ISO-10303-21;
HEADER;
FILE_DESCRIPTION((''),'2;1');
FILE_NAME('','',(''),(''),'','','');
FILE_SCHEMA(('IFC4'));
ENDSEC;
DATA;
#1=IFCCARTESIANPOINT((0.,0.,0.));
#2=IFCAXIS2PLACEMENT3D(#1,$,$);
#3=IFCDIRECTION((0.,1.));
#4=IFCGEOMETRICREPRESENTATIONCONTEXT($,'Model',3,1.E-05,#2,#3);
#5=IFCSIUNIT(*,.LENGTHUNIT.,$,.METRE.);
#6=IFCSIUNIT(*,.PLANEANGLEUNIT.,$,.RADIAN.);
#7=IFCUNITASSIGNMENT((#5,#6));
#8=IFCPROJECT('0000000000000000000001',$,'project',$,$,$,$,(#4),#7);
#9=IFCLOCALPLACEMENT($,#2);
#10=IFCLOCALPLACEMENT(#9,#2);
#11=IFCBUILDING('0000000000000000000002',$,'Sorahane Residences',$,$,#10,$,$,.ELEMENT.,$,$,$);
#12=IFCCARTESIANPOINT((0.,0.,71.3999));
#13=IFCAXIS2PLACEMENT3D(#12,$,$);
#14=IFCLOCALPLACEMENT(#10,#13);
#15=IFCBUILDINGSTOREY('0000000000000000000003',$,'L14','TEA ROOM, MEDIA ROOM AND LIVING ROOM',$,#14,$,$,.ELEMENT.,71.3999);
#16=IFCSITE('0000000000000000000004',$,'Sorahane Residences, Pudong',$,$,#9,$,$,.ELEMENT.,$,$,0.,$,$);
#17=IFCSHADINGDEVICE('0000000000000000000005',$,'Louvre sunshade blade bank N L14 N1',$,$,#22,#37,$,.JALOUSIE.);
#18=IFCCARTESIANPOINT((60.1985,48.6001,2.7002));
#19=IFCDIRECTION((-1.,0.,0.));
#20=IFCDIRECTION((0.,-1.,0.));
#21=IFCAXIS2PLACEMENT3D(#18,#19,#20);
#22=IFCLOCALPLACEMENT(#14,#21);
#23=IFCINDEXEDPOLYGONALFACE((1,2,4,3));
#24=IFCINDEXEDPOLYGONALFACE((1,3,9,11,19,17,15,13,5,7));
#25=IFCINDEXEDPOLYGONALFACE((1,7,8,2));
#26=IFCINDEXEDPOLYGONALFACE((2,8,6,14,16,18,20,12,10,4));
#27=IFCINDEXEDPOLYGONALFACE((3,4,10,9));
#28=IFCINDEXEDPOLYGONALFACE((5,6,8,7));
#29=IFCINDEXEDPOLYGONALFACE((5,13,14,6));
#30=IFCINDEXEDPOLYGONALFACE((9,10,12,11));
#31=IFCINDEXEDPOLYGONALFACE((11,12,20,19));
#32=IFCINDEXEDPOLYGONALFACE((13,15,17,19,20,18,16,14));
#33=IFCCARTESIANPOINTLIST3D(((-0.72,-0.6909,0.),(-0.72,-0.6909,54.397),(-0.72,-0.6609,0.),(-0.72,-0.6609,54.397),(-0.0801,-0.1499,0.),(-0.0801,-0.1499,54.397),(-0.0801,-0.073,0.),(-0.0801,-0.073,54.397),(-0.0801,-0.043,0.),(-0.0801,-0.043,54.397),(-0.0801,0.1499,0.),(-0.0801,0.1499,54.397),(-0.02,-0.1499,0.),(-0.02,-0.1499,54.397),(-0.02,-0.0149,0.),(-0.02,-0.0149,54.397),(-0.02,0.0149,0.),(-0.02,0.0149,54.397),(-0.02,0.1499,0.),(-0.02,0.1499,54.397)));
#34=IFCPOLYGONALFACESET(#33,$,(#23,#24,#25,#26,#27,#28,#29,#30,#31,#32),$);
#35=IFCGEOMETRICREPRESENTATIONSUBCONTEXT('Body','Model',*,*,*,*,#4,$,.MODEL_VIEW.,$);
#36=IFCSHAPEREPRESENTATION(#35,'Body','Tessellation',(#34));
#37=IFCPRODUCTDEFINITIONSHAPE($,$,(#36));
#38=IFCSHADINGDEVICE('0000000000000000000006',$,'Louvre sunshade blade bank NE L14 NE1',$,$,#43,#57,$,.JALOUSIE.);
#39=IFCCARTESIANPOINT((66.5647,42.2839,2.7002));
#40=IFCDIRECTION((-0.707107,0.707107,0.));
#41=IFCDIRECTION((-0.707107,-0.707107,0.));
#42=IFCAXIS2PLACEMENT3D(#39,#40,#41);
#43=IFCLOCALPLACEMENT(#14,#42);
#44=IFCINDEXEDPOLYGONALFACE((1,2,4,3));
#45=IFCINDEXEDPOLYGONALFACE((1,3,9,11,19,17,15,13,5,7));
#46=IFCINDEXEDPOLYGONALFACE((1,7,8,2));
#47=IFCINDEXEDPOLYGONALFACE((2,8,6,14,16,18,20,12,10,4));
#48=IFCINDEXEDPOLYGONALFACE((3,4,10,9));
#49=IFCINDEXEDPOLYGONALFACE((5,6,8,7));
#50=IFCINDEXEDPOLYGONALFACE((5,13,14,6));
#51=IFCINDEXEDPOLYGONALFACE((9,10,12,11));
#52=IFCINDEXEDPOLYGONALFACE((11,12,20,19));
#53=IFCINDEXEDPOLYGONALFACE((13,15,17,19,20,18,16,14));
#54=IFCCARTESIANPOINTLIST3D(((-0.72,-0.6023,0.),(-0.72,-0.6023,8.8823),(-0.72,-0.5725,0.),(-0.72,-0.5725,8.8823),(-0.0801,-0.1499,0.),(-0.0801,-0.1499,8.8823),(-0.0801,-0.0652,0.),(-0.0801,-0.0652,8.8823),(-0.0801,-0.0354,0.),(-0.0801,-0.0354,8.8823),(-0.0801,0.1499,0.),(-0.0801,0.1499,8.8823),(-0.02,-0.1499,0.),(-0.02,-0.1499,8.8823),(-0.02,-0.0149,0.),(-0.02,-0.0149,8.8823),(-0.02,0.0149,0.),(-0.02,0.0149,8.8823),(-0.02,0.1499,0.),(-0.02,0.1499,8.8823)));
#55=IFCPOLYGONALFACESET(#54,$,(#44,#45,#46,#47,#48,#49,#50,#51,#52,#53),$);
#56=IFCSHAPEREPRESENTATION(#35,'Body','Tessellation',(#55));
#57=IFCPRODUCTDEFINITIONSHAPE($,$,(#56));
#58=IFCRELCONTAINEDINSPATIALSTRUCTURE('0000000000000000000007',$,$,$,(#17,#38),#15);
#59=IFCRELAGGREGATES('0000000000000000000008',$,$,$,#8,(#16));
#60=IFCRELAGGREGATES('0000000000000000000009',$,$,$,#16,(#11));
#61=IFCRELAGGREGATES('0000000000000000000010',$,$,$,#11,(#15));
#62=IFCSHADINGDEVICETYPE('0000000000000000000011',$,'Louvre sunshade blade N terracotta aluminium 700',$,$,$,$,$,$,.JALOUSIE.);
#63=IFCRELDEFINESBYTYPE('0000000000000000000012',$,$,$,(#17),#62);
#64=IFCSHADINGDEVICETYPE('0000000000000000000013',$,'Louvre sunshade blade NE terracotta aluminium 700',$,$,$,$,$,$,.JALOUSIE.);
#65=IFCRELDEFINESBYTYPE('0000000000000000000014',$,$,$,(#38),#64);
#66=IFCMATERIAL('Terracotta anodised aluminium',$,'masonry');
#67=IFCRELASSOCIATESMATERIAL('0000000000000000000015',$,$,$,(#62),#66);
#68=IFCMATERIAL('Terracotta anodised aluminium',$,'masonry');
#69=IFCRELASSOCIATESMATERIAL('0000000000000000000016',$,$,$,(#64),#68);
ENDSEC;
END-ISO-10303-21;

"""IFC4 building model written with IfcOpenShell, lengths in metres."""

from ifc_helpers import new_model, si_unit, direction, frame, origin, place, context, subcontext, project, spatial, polyline, outline, extrude, material, type_object, element, save


model = new_model("IFC4")

# Units and contexts
model_context = context("Model", 3, precision=1e-05, world=origin(), true_north=direction((0.0, 1.0)))
body_context = subcontext(model_context, "Body", "Model", "MODEL_VIEW")
ifc_project = project(units=[si_unit("LENGTHUNIT", "METRE"), si_unit("PLANEANGLEUNIT", "RADIAN")], contexts=[model_context])

# Site, building, storey
site_placement = place(None, origin())
site = spatial("IfcSite", under=ifc_project, at=site_placement, Name="Sorahane Residences, Pudong", CompositionType="ELEMENT", RefElevation=0.0)
building_placement = place(site_placement, origin())
building = spatial("IfcBuilding", under=site, at=building_placement, Name="Sorahane Residences", CompositionType="ELEMENT")
storey_placement = place(building_placement, frame((0.0, 0.0, 71.3999)))
storey = spatial("IfcBuildingStorey", under=building, at=storey_placement, Name="L14", Description="TEA ROOM, MEDIA ROOM AND LIVING ROOM", CompositionType="ELEMENT", Elevation=71.3999)

# Shading devices
ifc_material_1 = material(Name="Terracotta anodised aluminium", Category="masonry")
shading_device_type_1 = type_object("IfcShadingDeviceType", Name="Louvre sunshade blade N terracotta aluminium 700", PredefinedType="JALOUSIE", material=ifc_material_1)
shading_device_1_placement = place(storey_placement, frame((60.1985, 48.6001, 2.7002), z_axis=(-1.0, 0.0, 0.0), x_axis=(0.0, -1.0, 0.0)))
element("IfcShadingDevice", 1, at=shading_device_1_placement, inside=storey, type_object=shading_device_type_1, Name="Louvre sunshade blade bank N L14 N1", PredefinedType="JALOUSIE", context=body_context, shape_type="SweptSolid", body=[
    extrude(outline(polyline([(-0.72, -0.6609), (-0.72, -0.6909), (-0.0801, -0.073), (-0.0801, -0.1499), (-0.02, -0.1499), (-0.02, -0.0149), (-0.02, 0.0149), (-0.02, 0.1499), (-0.0801, 0.1499), (-0.0801, -0.043), (-0.72, -0.6609)])), origin(), (0.0, 0.0, 1.0), 54.397),
])
ifc_material_2 = material(Name="Terracotta anodised aluminium", Category="masonry")
shading_device_type_2 = type_object("IfcShadingDeviceType", Name="Louvre sunshade blade NE terracotta aluminium 700", PredefinedType="JALOUSIE", material=ifc_material_2)
shading_device_2_placement = place(storey_placement, frame((66.5647, 42.2839, 2.7002), z_axis=(-0.707107, 0.707107, 0.0), x_axis=(-0.707107, -0.707107, 0.0)))
element("IfcShadingDevice", 2, at=shading_device_2_placement, inside=storey, type_object=shading_device_type_2, Name="Louvre sunshade blade bank NE L14 NE1", PredefinedType="JALOUSIE", context=body_context, shape_type="SweptSolid", body=[
    extrude(outline(polyline([(-0.72, -0.5725), (-0.72, -0.6023), (-0.0801, -0.0652), (-0.0801, -0.1499), (-0.02, -0.1499), (-0.02, -0.0149), (-0.02, 0.0149), (-0.02, 0.1499), (-0.0801, 0.1499), (-0.0801, -0.0354), (-0.72, -0.5725)])), origin(), (0.0, 0.0, 1.0), 8.8823),
])

save(model, "model.ifc")
